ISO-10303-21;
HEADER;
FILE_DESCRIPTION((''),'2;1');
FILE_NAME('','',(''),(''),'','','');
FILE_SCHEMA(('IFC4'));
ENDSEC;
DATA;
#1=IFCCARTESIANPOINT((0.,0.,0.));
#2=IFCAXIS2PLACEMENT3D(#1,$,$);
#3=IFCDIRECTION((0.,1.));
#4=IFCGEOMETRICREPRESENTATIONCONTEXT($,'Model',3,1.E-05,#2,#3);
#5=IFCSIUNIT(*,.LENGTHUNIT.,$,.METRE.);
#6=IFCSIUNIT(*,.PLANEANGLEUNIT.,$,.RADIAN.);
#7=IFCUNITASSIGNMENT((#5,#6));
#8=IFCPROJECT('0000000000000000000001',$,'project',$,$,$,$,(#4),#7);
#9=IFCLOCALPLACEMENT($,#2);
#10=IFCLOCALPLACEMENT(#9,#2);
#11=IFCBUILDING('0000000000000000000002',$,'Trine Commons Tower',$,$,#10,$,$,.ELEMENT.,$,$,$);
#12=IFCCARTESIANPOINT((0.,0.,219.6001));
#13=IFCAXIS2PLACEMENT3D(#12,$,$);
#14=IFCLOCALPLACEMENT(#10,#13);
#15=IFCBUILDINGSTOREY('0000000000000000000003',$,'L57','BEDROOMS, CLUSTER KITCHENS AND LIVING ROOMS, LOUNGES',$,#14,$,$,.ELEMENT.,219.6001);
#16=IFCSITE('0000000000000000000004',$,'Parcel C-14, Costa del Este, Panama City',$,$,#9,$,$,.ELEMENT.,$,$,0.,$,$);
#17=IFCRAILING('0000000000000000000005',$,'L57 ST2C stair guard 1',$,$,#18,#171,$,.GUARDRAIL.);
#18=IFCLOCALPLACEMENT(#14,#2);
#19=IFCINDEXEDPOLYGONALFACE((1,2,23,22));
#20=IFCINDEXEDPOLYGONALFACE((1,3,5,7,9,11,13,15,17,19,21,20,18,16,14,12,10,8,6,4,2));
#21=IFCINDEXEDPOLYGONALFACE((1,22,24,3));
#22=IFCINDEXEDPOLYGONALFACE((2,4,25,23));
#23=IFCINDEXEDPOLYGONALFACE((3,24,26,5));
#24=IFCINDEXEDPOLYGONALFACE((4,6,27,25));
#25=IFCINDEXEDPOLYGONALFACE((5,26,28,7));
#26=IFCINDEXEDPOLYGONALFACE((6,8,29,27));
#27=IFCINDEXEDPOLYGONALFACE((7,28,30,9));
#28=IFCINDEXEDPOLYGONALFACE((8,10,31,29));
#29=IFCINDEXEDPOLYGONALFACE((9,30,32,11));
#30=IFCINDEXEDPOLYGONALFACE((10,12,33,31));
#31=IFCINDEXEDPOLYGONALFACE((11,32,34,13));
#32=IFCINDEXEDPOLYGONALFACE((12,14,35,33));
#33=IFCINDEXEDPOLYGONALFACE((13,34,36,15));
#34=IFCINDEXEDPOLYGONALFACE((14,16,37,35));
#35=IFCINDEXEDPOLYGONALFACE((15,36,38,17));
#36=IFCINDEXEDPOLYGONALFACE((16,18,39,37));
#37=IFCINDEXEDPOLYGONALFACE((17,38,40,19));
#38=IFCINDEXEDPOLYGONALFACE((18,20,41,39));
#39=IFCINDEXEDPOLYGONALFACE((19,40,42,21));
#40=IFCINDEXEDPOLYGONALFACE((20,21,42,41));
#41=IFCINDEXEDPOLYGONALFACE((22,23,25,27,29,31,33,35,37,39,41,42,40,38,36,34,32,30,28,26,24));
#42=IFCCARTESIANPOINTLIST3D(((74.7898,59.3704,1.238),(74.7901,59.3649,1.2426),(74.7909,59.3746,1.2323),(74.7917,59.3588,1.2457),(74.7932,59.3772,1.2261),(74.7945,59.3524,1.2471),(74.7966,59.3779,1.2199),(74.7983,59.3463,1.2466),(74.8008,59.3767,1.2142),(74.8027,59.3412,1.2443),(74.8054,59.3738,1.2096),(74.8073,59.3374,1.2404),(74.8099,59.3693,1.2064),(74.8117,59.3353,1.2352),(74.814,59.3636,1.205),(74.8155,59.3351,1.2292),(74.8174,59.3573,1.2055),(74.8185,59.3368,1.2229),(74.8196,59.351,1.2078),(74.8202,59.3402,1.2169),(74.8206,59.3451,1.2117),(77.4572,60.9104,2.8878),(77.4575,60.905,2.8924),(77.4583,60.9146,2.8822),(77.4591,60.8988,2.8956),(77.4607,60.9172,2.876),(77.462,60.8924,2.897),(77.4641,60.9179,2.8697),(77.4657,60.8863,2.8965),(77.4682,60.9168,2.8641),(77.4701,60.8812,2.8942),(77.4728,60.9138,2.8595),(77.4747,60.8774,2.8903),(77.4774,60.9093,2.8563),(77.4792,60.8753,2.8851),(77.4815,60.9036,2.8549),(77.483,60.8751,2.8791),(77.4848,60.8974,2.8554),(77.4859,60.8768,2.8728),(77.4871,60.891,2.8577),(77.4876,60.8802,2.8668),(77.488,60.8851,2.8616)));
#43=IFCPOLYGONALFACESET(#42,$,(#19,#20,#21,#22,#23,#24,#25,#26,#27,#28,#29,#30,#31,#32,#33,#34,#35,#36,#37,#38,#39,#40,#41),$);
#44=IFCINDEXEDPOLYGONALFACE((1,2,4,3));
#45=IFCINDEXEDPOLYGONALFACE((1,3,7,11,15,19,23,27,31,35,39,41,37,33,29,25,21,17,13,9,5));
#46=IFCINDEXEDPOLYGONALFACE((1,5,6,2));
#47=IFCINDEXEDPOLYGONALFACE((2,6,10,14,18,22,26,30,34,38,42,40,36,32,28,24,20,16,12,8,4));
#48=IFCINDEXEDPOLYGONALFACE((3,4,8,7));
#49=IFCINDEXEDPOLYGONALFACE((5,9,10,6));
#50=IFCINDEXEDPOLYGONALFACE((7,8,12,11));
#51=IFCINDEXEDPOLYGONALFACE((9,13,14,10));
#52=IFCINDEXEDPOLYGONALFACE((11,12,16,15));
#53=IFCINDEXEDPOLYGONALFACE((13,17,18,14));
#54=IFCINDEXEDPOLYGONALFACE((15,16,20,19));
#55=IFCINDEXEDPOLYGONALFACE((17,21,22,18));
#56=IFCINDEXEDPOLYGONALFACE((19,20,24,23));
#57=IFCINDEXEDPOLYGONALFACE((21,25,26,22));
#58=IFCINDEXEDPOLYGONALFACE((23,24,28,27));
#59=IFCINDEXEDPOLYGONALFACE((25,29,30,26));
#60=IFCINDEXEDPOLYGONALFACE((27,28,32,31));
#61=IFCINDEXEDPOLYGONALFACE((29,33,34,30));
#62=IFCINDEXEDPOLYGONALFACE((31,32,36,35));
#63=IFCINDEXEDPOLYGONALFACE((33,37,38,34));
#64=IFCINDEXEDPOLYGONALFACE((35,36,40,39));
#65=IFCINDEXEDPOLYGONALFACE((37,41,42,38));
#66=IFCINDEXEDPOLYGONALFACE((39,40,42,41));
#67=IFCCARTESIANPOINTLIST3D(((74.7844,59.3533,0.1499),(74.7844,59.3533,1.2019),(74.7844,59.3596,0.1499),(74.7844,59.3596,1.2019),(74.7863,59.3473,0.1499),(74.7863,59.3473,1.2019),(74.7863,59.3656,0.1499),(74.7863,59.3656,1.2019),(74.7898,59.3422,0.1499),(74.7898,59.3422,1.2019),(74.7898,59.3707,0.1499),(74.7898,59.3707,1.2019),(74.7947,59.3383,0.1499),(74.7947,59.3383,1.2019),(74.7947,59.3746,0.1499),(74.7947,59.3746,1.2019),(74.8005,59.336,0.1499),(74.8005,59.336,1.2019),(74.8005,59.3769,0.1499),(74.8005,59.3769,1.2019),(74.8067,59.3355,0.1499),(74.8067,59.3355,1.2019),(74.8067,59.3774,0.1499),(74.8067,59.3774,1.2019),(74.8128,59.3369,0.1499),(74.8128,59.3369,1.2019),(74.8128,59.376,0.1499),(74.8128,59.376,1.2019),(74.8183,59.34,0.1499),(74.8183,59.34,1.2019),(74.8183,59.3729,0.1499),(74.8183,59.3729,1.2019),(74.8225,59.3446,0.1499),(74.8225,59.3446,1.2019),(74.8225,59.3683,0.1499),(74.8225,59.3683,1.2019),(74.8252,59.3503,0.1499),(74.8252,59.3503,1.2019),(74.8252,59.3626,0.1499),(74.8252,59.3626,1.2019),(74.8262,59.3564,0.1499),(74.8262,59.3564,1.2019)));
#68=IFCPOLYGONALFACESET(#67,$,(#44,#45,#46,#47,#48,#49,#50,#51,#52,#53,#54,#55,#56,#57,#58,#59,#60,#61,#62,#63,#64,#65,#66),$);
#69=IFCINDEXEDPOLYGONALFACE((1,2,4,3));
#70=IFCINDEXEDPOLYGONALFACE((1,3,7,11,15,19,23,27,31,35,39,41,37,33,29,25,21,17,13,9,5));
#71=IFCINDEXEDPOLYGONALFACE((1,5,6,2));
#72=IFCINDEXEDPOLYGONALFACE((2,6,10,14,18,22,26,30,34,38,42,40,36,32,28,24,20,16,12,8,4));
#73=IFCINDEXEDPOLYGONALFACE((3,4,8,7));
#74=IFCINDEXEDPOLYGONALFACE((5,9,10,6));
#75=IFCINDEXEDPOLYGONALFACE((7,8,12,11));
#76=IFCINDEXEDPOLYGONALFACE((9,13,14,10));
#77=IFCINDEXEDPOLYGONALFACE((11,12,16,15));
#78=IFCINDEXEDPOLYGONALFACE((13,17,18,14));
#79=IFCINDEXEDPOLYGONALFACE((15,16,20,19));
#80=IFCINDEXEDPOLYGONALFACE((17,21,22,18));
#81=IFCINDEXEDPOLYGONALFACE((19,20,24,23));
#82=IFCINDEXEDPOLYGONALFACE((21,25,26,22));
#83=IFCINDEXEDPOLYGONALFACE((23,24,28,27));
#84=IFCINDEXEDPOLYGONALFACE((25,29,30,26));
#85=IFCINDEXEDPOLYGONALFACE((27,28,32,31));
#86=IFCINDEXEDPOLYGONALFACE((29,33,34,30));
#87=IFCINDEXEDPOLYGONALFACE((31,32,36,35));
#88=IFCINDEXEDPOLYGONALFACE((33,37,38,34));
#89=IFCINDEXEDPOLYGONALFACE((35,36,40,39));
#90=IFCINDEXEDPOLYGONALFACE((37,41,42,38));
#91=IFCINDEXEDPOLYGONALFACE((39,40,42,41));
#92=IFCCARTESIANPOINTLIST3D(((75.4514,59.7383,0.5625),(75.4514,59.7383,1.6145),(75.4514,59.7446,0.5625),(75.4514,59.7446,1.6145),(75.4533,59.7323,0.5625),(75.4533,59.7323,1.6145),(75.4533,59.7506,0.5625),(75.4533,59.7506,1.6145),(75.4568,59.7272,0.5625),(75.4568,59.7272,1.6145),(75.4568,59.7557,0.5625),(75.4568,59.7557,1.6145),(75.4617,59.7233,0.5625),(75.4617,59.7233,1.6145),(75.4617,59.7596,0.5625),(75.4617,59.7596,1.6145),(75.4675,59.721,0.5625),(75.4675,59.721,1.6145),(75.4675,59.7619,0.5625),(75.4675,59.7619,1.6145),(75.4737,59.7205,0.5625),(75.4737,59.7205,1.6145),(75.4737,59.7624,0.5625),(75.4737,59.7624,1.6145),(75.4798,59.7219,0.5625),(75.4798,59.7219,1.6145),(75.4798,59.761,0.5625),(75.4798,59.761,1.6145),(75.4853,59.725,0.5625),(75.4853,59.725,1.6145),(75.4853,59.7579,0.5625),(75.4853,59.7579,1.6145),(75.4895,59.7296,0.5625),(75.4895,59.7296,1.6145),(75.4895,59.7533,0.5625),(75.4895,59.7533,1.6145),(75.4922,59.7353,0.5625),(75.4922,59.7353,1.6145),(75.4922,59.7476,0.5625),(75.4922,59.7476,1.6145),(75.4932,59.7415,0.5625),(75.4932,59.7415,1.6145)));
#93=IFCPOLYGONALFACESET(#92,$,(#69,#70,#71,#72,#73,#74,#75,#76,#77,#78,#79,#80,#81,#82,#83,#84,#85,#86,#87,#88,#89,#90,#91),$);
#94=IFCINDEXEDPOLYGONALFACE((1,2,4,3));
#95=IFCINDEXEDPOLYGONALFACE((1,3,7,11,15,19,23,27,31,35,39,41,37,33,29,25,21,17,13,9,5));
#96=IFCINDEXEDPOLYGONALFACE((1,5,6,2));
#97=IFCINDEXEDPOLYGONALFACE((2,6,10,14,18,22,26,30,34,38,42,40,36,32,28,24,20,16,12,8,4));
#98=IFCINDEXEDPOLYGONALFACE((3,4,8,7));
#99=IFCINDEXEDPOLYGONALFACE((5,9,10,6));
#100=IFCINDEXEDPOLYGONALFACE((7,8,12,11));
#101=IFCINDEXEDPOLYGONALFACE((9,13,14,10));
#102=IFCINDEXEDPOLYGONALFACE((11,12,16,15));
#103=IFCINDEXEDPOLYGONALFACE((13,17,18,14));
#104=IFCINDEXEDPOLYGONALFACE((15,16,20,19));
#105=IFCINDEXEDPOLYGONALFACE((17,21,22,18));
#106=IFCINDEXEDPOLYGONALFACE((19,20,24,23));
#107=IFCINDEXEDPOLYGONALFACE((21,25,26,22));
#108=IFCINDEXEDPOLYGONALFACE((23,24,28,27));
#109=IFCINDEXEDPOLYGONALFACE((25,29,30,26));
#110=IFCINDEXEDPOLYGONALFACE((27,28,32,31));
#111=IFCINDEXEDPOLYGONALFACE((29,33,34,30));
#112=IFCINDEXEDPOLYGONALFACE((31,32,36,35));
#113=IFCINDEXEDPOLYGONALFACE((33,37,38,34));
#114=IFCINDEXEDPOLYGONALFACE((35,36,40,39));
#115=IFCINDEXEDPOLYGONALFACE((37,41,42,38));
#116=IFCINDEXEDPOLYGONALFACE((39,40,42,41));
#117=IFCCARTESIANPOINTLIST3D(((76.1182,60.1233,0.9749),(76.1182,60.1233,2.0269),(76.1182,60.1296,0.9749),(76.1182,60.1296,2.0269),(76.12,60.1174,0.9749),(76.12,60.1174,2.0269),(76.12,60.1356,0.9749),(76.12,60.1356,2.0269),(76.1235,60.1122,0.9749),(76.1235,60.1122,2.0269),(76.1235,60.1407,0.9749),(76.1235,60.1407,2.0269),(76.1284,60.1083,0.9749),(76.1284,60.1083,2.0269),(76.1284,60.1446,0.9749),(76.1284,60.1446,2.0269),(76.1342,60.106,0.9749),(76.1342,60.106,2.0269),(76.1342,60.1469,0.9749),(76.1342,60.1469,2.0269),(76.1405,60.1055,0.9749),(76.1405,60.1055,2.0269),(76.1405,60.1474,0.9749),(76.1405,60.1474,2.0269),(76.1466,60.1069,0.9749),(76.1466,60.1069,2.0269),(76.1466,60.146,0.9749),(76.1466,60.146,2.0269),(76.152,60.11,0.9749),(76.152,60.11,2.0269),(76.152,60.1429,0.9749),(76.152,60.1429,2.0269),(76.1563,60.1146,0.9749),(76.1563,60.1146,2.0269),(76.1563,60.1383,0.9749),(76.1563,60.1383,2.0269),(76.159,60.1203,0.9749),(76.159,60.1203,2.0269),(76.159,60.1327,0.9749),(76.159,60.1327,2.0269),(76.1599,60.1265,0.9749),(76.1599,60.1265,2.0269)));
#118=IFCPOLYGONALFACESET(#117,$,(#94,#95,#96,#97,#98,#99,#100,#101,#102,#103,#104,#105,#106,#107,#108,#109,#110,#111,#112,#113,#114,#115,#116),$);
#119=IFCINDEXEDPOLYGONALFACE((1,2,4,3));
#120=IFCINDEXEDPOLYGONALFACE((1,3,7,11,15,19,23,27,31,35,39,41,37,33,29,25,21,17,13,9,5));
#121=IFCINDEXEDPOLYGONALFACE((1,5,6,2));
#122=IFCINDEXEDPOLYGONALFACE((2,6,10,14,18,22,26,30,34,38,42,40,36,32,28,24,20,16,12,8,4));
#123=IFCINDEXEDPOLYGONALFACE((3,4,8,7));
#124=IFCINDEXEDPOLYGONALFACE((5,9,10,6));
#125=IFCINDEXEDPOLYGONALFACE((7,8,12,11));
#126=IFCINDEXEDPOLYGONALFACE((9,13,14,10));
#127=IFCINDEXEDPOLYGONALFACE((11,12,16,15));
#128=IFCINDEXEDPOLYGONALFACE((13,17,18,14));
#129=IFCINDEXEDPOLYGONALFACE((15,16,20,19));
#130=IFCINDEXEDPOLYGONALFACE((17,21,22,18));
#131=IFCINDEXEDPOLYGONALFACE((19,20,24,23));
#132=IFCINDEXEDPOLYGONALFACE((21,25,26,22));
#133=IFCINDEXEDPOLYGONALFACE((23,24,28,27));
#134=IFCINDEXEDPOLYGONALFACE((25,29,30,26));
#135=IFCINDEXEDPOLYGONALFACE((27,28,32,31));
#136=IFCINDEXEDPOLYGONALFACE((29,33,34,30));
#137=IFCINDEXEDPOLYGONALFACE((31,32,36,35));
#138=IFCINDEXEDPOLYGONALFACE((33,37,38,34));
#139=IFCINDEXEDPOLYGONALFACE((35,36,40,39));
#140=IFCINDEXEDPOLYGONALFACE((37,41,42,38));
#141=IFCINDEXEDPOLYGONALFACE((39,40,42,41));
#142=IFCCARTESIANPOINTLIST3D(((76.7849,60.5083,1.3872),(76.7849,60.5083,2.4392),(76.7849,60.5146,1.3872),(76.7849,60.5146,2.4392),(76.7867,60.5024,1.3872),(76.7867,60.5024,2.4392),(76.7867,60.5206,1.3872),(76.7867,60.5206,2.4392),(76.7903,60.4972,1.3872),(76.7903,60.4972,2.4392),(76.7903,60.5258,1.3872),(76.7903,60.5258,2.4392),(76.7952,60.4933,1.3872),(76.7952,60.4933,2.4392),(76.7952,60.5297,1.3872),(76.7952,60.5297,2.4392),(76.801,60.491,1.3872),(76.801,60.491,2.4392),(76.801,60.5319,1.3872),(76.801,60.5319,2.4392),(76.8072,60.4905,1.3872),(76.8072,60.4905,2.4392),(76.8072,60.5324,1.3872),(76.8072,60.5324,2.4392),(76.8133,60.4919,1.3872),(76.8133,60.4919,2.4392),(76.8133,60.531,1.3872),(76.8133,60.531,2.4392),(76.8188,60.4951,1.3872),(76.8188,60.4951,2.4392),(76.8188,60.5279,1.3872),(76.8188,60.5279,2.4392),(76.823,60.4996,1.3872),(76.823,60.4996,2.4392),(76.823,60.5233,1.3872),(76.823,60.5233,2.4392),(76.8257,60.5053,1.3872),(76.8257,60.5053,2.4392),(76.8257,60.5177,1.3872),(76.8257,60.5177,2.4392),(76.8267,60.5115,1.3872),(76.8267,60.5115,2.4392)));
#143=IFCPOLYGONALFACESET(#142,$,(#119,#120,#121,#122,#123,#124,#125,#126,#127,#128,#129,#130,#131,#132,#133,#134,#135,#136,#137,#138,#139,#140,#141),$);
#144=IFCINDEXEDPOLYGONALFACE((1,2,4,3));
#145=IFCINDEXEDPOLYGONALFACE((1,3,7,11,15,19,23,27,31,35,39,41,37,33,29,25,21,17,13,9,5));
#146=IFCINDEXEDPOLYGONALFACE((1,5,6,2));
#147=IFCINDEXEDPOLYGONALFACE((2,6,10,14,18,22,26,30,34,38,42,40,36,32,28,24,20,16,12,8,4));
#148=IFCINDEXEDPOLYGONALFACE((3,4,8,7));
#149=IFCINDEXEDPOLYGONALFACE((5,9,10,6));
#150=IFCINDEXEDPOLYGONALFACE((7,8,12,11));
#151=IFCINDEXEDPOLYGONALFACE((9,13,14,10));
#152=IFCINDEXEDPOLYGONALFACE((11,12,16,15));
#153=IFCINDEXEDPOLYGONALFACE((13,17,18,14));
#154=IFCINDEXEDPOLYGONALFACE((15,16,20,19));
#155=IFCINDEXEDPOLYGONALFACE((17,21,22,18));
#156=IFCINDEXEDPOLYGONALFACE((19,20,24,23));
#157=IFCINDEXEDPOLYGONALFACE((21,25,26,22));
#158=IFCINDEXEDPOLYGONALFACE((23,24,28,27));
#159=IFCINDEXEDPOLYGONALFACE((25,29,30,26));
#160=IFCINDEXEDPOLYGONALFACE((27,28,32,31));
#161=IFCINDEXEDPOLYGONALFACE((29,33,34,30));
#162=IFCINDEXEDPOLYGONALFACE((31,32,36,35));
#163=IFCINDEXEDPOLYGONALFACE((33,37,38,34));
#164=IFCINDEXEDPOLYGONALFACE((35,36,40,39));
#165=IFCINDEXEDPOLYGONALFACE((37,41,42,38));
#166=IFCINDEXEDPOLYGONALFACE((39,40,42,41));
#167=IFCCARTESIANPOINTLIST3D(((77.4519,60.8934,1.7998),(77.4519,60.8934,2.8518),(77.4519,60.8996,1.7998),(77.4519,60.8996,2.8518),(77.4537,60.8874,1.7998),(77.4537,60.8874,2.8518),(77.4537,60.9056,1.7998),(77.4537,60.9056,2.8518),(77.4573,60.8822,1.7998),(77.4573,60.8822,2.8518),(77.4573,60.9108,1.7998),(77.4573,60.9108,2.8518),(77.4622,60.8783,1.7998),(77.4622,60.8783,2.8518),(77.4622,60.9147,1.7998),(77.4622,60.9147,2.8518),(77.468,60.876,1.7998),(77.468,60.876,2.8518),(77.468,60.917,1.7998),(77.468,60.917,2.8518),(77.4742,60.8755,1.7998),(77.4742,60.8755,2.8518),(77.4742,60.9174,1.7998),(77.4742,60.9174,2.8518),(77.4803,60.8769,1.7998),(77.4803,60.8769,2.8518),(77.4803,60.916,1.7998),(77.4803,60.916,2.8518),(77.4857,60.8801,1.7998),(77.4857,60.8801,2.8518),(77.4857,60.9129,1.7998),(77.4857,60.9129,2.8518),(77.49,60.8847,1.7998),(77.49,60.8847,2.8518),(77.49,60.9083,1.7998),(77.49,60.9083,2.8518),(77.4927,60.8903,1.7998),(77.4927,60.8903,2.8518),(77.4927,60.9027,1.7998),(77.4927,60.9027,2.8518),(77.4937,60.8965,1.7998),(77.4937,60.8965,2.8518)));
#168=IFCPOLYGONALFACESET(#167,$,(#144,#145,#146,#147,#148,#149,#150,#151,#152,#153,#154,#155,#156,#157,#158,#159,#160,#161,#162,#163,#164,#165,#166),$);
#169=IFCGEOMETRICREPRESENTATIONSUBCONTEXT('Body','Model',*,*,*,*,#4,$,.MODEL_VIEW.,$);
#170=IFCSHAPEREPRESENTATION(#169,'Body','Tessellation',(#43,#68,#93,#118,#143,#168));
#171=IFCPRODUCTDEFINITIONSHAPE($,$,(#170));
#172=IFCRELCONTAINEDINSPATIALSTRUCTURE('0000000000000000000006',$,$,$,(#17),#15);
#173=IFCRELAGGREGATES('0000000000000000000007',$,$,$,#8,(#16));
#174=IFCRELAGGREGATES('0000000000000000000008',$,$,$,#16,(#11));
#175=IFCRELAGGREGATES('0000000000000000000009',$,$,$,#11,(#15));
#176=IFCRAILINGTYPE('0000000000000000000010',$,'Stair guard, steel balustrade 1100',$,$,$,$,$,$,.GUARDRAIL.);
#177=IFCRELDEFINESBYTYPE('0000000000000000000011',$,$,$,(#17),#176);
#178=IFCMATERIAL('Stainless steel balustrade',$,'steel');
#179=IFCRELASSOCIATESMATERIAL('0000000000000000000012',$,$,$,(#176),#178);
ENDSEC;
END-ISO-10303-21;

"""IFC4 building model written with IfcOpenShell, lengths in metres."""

from ifc_helpers import new_model, si_unit, direction, frame, origin, origin_2d, place, context, subcontext, project, spatial, circle, extrude, material, type_object, element, save


model = new_model("IFC4")

# Units and contexts
model_context = context("Model", 3, precision=1e-05, world=origin(), true_north=direction((0.0, 1.0)))
body_context = subcontext(model_context, "Body", "Model", "MODEL_VIEW")
ifc_project = project(units=[si_unit("LENGTHUNIT", "METRE"), si_unit("PLANEANGLEUNIT", "RADIAN")], contexts=[model_context])

# Site, building, storey
site_placement = place(None, origin())
site = spatial("IfcSite", under=ifc_project, at=site_placement, Name="Parcel C-14, Costa del Este, Panama City", CompositionType="ELEMENT", RefElevation=0.0)
building_placement = place(site_placement, origin())
building = spatial("IfcBuilding", under=site, at=building_placement, Name="Trine Commons Tower", CompositionType="ELEMENT")
storey_placement = place(building_placement, frame((0.0, 0.0, 219.6001)))
storey = spatial("IfcBuildingStorey", under=building, at=storey_placement, Name="L57", Description="BEDROOMS, CLUSTER KITCHENS AND LIVING ROOMS, LOUNGES", CompositionType="ELEMENT", Elevation=219.6001)

# Railing
ifc_material_1 = material(Name="Stainless steel balustrade", Category="steel")
railing_type_1 = type_object("IfcRailingType", Name="Stair guard, steel balustrade 1100", PredefinedType="GUARDRAIL", material=ifc_material_1)
railing_1_placement = place(storey_placement, frame((74.8052, 59.3564, 0.1499)))
element("IfcRailing", 1, at=railing_1_placement, inside=storey, type_object=railing_type_1, Name="L57 ST2C stair guard 1", PredefinedType="GUARDRAIL", context=body_context, shape_type="SweptSolid", body=[
    extrude(circle(Radius=0.0239, at=origin_2d()), frame((0.0, 0.0, 1.0762), z_axis=(0.763405, 0.440743, 0.472185), x_axis=(-0.499992, 0.86603, 0.0)), (0.0, 0.0, 1.0), 3.4941),
    extrude(circle(Radius=0.021, at=origin_2d()), origin(), (0.0, 0.0, 1.0), 1.052),
    extrude(circle(Radius=0.021, at=origin_2d()), frame((0.667, 0.385, 0.4126)), (0.0, 0.0, 1.0), 1.052),
    extrude(circle(Radius=0.021, at=origin_2d()), frame((1.3337, 0.77, 0.825)), (0.0, 0.0, 1.0), 1.052),
    extrude(circle(Radius=0.021, at=origin_2d()), frame((2.0005, 1.155, 1.2373)), (0.0, 0.0, 1.0), 1.052),
    extrude(circle(Radius=0.021, at=origin_2d()), frame((2.6675, 1.54, 1.6499)), (0.0, 0.0, 1.0), 1.052),
])

save(model, "model.ifc")
